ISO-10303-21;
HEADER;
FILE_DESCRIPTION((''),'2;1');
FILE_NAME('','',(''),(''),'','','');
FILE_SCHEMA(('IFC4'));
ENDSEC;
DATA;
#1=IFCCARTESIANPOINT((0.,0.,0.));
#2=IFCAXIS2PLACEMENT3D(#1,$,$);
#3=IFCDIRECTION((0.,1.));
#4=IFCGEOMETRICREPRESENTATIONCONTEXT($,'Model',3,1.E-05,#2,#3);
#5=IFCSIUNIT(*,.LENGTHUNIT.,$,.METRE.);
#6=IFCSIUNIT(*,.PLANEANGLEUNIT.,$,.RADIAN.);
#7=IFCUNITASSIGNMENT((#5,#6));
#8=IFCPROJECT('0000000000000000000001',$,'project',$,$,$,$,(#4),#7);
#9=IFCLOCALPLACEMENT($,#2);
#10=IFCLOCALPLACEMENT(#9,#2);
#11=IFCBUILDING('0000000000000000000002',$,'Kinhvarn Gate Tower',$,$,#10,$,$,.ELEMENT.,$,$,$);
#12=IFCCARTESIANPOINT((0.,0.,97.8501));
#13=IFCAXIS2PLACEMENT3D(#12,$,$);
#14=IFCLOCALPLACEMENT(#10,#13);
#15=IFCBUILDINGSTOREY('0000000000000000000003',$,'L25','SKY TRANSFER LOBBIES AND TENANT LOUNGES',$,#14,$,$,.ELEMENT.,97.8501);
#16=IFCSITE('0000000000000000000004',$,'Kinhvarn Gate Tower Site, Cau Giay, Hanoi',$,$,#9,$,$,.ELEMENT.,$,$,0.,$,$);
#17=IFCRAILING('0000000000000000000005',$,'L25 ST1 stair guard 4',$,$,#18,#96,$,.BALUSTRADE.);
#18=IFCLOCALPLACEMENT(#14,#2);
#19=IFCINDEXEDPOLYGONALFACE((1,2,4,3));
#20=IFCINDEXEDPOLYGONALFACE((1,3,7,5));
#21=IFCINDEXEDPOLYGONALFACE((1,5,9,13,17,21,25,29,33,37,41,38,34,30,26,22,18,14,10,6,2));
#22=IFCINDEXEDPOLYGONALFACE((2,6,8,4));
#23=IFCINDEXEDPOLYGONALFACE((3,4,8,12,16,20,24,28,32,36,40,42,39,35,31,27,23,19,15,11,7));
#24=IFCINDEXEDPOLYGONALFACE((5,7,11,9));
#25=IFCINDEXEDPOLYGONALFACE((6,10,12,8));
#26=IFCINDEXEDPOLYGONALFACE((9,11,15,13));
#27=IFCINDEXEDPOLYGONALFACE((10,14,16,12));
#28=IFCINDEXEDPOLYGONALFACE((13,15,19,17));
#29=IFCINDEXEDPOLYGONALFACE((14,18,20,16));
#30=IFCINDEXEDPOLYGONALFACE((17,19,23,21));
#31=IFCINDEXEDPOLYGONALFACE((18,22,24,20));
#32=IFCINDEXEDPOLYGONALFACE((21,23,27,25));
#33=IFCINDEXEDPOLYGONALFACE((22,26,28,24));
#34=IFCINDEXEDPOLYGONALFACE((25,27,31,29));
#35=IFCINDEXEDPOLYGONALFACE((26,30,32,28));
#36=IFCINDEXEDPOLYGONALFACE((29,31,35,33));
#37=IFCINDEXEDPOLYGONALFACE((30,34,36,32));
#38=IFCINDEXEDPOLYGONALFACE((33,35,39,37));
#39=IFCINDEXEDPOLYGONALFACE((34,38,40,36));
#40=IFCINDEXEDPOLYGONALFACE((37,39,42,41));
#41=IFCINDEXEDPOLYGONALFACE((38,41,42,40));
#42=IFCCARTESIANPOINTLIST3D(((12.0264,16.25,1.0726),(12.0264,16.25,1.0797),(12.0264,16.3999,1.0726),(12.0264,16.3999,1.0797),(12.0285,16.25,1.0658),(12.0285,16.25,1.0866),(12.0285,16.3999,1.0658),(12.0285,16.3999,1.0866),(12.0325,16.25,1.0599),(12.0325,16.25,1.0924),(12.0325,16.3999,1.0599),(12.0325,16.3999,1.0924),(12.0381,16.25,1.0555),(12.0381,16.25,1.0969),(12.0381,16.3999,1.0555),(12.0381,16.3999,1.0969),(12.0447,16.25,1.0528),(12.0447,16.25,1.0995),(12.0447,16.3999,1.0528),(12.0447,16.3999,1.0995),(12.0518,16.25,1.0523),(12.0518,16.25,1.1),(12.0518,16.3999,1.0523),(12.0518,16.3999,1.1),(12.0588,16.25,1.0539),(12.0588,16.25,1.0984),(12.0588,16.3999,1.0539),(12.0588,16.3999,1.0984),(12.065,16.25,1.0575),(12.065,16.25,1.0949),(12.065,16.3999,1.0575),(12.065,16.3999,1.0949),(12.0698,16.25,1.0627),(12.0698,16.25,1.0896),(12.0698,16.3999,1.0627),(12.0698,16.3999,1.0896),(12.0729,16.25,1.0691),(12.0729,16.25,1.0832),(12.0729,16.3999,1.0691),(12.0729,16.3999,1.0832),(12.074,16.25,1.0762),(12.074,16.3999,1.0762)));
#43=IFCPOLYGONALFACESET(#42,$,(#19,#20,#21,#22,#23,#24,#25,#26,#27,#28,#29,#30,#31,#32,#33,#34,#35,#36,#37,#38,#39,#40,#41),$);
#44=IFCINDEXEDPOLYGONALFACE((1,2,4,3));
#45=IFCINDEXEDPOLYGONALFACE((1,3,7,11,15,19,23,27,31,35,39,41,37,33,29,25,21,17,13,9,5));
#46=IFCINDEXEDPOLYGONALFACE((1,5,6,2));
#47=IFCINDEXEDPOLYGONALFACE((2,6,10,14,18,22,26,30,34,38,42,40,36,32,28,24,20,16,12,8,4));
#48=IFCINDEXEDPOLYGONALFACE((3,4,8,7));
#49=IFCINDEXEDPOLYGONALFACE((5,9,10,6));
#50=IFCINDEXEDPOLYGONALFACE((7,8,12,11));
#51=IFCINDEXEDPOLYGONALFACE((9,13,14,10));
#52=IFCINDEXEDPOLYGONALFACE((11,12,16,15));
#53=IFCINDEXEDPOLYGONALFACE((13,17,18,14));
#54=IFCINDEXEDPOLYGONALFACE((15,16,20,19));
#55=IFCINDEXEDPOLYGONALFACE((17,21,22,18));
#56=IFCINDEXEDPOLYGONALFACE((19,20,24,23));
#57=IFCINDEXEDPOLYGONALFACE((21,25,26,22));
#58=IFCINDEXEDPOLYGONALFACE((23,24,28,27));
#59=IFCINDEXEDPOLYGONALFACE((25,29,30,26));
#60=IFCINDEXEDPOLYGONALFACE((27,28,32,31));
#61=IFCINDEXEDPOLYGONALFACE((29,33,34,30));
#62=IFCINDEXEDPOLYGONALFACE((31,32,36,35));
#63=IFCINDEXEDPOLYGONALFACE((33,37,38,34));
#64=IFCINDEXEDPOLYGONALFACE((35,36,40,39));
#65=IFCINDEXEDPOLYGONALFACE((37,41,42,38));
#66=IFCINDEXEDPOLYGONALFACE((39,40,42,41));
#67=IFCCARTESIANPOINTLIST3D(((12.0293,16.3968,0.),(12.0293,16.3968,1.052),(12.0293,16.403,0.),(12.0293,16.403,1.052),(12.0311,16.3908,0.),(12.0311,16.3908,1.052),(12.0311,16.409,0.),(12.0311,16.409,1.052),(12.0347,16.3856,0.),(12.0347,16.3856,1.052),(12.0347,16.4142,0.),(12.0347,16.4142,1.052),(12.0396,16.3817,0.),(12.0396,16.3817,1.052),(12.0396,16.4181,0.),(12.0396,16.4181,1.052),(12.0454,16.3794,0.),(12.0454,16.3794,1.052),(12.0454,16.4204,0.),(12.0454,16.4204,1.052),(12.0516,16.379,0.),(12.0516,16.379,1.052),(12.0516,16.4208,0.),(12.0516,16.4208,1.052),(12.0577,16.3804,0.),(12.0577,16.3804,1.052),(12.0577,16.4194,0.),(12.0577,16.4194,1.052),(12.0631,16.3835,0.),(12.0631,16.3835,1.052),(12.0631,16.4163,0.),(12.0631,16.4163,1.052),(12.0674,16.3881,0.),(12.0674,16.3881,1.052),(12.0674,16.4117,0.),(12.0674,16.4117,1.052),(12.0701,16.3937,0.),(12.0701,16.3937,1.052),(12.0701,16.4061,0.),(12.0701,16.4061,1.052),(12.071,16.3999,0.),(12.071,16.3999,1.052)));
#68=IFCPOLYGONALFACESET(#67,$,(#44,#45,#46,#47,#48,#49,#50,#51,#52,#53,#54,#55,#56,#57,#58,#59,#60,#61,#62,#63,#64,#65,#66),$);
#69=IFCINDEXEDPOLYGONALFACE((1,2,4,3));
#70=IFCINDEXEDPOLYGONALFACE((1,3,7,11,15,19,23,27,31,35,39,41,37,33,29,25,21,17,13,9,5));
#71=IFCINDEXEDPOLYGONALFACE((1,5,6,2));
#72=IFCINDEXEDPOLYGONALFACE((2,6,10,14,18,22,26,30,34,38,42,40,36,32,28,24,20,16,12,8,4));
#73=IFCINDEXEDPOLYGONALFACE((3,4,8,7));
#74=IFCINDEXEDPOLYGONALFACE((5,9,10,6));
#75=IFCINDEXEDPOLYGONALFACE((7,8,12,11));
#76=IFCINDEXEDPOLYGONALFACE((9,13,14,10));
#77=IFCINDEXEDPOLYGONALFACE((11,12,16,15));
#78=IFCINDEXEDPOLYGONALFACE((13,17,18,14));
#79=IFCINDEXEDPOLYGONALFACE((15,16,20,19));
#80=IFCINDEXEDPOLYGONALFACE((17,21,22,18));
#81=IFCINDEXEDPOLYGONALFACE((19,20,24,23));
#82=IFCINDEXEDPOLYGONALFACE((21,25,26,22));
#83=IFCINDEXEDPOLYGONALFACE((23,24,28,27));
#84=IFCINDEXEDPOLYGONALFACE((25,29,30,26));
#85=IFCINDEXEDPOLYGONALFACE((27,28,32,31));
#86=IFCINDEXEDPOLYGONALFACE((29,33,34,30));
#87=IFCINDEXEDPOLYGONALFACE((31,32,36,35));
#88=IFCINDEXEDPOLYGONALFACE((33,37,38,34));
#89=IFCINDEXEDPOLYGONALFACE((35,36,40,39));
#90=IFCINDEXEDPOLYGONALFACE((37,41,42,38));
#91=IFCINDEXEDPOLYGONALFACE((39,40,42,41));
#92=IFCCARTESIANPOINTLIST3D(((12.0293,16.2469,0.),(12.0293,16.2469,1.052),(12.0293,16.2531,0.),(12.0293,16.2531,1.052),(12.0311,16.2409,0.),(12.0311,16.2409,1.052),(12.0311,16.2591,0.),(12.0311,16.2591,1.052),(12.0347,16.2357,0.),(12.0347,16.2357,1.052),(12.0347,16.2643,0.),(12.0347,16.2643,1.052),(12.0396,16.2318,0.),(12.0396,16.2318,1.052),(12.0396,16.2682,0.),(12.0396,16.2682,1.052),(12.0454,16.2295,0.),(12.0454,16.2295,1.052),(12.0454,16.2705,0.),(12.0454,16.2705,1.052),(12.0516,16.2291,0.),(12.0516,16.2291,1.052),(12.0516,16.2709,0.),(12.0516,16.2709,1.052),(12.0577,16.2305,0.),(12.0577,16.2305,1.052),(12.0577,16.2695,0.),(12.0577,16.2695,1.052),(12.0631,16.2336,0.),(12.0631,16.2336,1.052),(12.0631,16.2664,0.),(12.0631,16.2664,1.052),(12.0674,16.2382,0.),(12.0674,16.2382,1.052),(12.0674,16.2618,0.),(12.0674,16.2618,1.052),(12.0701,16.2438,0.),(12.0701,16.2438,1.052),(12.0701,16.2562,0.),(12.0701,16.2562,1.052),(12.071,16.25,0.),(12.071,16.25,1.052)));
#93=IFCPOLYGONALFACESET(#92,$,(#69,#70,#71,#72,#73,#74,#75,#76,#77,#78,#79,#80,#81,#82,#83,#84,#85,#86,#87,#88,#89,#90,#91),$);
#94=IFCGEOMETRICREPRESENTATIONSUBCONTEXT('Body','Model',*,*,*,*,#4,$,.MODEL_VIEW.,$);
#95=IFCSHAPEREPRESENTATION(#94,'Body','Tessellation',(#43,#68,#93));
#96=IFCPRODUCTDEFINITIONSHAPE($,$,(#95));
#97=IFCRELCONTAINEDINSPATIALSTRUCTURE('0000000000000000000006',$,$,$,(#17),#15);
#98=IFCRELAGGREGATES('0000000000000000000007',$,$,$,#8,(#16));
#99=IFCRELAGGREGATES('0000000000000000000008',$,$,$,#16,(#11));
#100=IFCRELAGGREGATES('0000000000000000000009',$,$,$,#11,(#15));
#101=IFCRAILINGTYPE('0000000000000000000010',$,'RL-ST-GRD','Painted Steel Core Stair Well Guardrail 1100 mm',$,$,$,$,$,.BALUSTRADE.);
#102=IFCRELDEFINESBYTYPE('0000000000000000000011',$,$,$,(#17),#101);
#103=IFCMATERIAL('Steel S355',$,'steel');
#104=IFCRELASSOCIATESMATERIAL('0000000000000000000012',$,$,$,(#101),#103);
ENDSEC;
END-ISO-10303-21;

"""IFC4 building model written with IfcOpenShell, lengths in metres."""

from ifc_helpers import new_model, si_unit, direction, frame, origin, origin_2d, place, context, subcontext, project, spatial, circle, extrude, material, type_object, element, save


model = new_model("IFC4")

# Units and contexts
model_context = context("Model", 3, precision=1e-05, world=origin(), true_north=direction((0.0, 1.0)))
body_context = subcontext(model_context, "Body", "Model", "MODEL_VIEW")
ifc_project = project(units=[si_unit("LENGTHUNIT", "METRE"), si_unit("PLANEANGLEUNIT", "RADIAN")], contexts=[model_context])

# Site, building, storey
site_placement = place(None, origin())
site = spatial("IfcSite", under=ifc_project, at=site_placement, Name="Kinhvarn Gate Tower Site, Cau Giay, Hanoi", CompositionType="ELEMENT", RefElevation=0.0)
building_placement = place(site_placement, origin())
building = spatial("IfcBuilding", under=site, at=building_placement, Name="Kinhvarn Gate Tower", CompositionType="ELEMENT")
storey_placement = place(building_placement, frame((0.0, 0.0, 97.8501)))
storey = spatial("IfcBuildingStorey", under=building, at=storey_placement, Name="L25", Description="SKY TRANSFER LOBBIES AND TENANT LOUNGES", CompositionType="ELEMENT", Elevation=97.8501)

# Shared definitions
ifc_material_1 = material(Name="Steel S355", Category="steel")

# Railing
railing_type_1 = type_object("IfcRailingType", Name="RL-ST-GRD", Description="Painted Steel Core Stair Well Guardrail 1100 mm", PredefinedType="BALUSTRADE", material=ifc_material_1)
railing_1_placement = place(storey_placement, frame((12.05, 16.3999, 0.0)))
element("IfcRailing", 1, at=railing_1_placement, inside=storey, type_object=railing_type_1, Name="L25 ST1 stair guard 4", PredefinedType="BALUSTRADE", context=body_context, shape_type="SweptSolid", body=[
    extrude(circle(Radius=0.0239, at=origin_2d()), frame((0.0, 0.0, 1.0762), z_axis=(0.0, -1.0, 0.0), x_axis=(1.0, 0.0, 0.0)), (0.0, 0.0, 1.0), 0.1499),
    extrude(circle(Radius=0.021, at=origin_2d()), origin(), (0.0, 0.0, 1.0), 1.052),
    extrude(circle(Radius=0.021, at=origin_2d()), frame((0.0, -0.1499, 0.0)), (0.0, 0.0, 1.0), 1.052),
])

save(model, "model.ifc")
